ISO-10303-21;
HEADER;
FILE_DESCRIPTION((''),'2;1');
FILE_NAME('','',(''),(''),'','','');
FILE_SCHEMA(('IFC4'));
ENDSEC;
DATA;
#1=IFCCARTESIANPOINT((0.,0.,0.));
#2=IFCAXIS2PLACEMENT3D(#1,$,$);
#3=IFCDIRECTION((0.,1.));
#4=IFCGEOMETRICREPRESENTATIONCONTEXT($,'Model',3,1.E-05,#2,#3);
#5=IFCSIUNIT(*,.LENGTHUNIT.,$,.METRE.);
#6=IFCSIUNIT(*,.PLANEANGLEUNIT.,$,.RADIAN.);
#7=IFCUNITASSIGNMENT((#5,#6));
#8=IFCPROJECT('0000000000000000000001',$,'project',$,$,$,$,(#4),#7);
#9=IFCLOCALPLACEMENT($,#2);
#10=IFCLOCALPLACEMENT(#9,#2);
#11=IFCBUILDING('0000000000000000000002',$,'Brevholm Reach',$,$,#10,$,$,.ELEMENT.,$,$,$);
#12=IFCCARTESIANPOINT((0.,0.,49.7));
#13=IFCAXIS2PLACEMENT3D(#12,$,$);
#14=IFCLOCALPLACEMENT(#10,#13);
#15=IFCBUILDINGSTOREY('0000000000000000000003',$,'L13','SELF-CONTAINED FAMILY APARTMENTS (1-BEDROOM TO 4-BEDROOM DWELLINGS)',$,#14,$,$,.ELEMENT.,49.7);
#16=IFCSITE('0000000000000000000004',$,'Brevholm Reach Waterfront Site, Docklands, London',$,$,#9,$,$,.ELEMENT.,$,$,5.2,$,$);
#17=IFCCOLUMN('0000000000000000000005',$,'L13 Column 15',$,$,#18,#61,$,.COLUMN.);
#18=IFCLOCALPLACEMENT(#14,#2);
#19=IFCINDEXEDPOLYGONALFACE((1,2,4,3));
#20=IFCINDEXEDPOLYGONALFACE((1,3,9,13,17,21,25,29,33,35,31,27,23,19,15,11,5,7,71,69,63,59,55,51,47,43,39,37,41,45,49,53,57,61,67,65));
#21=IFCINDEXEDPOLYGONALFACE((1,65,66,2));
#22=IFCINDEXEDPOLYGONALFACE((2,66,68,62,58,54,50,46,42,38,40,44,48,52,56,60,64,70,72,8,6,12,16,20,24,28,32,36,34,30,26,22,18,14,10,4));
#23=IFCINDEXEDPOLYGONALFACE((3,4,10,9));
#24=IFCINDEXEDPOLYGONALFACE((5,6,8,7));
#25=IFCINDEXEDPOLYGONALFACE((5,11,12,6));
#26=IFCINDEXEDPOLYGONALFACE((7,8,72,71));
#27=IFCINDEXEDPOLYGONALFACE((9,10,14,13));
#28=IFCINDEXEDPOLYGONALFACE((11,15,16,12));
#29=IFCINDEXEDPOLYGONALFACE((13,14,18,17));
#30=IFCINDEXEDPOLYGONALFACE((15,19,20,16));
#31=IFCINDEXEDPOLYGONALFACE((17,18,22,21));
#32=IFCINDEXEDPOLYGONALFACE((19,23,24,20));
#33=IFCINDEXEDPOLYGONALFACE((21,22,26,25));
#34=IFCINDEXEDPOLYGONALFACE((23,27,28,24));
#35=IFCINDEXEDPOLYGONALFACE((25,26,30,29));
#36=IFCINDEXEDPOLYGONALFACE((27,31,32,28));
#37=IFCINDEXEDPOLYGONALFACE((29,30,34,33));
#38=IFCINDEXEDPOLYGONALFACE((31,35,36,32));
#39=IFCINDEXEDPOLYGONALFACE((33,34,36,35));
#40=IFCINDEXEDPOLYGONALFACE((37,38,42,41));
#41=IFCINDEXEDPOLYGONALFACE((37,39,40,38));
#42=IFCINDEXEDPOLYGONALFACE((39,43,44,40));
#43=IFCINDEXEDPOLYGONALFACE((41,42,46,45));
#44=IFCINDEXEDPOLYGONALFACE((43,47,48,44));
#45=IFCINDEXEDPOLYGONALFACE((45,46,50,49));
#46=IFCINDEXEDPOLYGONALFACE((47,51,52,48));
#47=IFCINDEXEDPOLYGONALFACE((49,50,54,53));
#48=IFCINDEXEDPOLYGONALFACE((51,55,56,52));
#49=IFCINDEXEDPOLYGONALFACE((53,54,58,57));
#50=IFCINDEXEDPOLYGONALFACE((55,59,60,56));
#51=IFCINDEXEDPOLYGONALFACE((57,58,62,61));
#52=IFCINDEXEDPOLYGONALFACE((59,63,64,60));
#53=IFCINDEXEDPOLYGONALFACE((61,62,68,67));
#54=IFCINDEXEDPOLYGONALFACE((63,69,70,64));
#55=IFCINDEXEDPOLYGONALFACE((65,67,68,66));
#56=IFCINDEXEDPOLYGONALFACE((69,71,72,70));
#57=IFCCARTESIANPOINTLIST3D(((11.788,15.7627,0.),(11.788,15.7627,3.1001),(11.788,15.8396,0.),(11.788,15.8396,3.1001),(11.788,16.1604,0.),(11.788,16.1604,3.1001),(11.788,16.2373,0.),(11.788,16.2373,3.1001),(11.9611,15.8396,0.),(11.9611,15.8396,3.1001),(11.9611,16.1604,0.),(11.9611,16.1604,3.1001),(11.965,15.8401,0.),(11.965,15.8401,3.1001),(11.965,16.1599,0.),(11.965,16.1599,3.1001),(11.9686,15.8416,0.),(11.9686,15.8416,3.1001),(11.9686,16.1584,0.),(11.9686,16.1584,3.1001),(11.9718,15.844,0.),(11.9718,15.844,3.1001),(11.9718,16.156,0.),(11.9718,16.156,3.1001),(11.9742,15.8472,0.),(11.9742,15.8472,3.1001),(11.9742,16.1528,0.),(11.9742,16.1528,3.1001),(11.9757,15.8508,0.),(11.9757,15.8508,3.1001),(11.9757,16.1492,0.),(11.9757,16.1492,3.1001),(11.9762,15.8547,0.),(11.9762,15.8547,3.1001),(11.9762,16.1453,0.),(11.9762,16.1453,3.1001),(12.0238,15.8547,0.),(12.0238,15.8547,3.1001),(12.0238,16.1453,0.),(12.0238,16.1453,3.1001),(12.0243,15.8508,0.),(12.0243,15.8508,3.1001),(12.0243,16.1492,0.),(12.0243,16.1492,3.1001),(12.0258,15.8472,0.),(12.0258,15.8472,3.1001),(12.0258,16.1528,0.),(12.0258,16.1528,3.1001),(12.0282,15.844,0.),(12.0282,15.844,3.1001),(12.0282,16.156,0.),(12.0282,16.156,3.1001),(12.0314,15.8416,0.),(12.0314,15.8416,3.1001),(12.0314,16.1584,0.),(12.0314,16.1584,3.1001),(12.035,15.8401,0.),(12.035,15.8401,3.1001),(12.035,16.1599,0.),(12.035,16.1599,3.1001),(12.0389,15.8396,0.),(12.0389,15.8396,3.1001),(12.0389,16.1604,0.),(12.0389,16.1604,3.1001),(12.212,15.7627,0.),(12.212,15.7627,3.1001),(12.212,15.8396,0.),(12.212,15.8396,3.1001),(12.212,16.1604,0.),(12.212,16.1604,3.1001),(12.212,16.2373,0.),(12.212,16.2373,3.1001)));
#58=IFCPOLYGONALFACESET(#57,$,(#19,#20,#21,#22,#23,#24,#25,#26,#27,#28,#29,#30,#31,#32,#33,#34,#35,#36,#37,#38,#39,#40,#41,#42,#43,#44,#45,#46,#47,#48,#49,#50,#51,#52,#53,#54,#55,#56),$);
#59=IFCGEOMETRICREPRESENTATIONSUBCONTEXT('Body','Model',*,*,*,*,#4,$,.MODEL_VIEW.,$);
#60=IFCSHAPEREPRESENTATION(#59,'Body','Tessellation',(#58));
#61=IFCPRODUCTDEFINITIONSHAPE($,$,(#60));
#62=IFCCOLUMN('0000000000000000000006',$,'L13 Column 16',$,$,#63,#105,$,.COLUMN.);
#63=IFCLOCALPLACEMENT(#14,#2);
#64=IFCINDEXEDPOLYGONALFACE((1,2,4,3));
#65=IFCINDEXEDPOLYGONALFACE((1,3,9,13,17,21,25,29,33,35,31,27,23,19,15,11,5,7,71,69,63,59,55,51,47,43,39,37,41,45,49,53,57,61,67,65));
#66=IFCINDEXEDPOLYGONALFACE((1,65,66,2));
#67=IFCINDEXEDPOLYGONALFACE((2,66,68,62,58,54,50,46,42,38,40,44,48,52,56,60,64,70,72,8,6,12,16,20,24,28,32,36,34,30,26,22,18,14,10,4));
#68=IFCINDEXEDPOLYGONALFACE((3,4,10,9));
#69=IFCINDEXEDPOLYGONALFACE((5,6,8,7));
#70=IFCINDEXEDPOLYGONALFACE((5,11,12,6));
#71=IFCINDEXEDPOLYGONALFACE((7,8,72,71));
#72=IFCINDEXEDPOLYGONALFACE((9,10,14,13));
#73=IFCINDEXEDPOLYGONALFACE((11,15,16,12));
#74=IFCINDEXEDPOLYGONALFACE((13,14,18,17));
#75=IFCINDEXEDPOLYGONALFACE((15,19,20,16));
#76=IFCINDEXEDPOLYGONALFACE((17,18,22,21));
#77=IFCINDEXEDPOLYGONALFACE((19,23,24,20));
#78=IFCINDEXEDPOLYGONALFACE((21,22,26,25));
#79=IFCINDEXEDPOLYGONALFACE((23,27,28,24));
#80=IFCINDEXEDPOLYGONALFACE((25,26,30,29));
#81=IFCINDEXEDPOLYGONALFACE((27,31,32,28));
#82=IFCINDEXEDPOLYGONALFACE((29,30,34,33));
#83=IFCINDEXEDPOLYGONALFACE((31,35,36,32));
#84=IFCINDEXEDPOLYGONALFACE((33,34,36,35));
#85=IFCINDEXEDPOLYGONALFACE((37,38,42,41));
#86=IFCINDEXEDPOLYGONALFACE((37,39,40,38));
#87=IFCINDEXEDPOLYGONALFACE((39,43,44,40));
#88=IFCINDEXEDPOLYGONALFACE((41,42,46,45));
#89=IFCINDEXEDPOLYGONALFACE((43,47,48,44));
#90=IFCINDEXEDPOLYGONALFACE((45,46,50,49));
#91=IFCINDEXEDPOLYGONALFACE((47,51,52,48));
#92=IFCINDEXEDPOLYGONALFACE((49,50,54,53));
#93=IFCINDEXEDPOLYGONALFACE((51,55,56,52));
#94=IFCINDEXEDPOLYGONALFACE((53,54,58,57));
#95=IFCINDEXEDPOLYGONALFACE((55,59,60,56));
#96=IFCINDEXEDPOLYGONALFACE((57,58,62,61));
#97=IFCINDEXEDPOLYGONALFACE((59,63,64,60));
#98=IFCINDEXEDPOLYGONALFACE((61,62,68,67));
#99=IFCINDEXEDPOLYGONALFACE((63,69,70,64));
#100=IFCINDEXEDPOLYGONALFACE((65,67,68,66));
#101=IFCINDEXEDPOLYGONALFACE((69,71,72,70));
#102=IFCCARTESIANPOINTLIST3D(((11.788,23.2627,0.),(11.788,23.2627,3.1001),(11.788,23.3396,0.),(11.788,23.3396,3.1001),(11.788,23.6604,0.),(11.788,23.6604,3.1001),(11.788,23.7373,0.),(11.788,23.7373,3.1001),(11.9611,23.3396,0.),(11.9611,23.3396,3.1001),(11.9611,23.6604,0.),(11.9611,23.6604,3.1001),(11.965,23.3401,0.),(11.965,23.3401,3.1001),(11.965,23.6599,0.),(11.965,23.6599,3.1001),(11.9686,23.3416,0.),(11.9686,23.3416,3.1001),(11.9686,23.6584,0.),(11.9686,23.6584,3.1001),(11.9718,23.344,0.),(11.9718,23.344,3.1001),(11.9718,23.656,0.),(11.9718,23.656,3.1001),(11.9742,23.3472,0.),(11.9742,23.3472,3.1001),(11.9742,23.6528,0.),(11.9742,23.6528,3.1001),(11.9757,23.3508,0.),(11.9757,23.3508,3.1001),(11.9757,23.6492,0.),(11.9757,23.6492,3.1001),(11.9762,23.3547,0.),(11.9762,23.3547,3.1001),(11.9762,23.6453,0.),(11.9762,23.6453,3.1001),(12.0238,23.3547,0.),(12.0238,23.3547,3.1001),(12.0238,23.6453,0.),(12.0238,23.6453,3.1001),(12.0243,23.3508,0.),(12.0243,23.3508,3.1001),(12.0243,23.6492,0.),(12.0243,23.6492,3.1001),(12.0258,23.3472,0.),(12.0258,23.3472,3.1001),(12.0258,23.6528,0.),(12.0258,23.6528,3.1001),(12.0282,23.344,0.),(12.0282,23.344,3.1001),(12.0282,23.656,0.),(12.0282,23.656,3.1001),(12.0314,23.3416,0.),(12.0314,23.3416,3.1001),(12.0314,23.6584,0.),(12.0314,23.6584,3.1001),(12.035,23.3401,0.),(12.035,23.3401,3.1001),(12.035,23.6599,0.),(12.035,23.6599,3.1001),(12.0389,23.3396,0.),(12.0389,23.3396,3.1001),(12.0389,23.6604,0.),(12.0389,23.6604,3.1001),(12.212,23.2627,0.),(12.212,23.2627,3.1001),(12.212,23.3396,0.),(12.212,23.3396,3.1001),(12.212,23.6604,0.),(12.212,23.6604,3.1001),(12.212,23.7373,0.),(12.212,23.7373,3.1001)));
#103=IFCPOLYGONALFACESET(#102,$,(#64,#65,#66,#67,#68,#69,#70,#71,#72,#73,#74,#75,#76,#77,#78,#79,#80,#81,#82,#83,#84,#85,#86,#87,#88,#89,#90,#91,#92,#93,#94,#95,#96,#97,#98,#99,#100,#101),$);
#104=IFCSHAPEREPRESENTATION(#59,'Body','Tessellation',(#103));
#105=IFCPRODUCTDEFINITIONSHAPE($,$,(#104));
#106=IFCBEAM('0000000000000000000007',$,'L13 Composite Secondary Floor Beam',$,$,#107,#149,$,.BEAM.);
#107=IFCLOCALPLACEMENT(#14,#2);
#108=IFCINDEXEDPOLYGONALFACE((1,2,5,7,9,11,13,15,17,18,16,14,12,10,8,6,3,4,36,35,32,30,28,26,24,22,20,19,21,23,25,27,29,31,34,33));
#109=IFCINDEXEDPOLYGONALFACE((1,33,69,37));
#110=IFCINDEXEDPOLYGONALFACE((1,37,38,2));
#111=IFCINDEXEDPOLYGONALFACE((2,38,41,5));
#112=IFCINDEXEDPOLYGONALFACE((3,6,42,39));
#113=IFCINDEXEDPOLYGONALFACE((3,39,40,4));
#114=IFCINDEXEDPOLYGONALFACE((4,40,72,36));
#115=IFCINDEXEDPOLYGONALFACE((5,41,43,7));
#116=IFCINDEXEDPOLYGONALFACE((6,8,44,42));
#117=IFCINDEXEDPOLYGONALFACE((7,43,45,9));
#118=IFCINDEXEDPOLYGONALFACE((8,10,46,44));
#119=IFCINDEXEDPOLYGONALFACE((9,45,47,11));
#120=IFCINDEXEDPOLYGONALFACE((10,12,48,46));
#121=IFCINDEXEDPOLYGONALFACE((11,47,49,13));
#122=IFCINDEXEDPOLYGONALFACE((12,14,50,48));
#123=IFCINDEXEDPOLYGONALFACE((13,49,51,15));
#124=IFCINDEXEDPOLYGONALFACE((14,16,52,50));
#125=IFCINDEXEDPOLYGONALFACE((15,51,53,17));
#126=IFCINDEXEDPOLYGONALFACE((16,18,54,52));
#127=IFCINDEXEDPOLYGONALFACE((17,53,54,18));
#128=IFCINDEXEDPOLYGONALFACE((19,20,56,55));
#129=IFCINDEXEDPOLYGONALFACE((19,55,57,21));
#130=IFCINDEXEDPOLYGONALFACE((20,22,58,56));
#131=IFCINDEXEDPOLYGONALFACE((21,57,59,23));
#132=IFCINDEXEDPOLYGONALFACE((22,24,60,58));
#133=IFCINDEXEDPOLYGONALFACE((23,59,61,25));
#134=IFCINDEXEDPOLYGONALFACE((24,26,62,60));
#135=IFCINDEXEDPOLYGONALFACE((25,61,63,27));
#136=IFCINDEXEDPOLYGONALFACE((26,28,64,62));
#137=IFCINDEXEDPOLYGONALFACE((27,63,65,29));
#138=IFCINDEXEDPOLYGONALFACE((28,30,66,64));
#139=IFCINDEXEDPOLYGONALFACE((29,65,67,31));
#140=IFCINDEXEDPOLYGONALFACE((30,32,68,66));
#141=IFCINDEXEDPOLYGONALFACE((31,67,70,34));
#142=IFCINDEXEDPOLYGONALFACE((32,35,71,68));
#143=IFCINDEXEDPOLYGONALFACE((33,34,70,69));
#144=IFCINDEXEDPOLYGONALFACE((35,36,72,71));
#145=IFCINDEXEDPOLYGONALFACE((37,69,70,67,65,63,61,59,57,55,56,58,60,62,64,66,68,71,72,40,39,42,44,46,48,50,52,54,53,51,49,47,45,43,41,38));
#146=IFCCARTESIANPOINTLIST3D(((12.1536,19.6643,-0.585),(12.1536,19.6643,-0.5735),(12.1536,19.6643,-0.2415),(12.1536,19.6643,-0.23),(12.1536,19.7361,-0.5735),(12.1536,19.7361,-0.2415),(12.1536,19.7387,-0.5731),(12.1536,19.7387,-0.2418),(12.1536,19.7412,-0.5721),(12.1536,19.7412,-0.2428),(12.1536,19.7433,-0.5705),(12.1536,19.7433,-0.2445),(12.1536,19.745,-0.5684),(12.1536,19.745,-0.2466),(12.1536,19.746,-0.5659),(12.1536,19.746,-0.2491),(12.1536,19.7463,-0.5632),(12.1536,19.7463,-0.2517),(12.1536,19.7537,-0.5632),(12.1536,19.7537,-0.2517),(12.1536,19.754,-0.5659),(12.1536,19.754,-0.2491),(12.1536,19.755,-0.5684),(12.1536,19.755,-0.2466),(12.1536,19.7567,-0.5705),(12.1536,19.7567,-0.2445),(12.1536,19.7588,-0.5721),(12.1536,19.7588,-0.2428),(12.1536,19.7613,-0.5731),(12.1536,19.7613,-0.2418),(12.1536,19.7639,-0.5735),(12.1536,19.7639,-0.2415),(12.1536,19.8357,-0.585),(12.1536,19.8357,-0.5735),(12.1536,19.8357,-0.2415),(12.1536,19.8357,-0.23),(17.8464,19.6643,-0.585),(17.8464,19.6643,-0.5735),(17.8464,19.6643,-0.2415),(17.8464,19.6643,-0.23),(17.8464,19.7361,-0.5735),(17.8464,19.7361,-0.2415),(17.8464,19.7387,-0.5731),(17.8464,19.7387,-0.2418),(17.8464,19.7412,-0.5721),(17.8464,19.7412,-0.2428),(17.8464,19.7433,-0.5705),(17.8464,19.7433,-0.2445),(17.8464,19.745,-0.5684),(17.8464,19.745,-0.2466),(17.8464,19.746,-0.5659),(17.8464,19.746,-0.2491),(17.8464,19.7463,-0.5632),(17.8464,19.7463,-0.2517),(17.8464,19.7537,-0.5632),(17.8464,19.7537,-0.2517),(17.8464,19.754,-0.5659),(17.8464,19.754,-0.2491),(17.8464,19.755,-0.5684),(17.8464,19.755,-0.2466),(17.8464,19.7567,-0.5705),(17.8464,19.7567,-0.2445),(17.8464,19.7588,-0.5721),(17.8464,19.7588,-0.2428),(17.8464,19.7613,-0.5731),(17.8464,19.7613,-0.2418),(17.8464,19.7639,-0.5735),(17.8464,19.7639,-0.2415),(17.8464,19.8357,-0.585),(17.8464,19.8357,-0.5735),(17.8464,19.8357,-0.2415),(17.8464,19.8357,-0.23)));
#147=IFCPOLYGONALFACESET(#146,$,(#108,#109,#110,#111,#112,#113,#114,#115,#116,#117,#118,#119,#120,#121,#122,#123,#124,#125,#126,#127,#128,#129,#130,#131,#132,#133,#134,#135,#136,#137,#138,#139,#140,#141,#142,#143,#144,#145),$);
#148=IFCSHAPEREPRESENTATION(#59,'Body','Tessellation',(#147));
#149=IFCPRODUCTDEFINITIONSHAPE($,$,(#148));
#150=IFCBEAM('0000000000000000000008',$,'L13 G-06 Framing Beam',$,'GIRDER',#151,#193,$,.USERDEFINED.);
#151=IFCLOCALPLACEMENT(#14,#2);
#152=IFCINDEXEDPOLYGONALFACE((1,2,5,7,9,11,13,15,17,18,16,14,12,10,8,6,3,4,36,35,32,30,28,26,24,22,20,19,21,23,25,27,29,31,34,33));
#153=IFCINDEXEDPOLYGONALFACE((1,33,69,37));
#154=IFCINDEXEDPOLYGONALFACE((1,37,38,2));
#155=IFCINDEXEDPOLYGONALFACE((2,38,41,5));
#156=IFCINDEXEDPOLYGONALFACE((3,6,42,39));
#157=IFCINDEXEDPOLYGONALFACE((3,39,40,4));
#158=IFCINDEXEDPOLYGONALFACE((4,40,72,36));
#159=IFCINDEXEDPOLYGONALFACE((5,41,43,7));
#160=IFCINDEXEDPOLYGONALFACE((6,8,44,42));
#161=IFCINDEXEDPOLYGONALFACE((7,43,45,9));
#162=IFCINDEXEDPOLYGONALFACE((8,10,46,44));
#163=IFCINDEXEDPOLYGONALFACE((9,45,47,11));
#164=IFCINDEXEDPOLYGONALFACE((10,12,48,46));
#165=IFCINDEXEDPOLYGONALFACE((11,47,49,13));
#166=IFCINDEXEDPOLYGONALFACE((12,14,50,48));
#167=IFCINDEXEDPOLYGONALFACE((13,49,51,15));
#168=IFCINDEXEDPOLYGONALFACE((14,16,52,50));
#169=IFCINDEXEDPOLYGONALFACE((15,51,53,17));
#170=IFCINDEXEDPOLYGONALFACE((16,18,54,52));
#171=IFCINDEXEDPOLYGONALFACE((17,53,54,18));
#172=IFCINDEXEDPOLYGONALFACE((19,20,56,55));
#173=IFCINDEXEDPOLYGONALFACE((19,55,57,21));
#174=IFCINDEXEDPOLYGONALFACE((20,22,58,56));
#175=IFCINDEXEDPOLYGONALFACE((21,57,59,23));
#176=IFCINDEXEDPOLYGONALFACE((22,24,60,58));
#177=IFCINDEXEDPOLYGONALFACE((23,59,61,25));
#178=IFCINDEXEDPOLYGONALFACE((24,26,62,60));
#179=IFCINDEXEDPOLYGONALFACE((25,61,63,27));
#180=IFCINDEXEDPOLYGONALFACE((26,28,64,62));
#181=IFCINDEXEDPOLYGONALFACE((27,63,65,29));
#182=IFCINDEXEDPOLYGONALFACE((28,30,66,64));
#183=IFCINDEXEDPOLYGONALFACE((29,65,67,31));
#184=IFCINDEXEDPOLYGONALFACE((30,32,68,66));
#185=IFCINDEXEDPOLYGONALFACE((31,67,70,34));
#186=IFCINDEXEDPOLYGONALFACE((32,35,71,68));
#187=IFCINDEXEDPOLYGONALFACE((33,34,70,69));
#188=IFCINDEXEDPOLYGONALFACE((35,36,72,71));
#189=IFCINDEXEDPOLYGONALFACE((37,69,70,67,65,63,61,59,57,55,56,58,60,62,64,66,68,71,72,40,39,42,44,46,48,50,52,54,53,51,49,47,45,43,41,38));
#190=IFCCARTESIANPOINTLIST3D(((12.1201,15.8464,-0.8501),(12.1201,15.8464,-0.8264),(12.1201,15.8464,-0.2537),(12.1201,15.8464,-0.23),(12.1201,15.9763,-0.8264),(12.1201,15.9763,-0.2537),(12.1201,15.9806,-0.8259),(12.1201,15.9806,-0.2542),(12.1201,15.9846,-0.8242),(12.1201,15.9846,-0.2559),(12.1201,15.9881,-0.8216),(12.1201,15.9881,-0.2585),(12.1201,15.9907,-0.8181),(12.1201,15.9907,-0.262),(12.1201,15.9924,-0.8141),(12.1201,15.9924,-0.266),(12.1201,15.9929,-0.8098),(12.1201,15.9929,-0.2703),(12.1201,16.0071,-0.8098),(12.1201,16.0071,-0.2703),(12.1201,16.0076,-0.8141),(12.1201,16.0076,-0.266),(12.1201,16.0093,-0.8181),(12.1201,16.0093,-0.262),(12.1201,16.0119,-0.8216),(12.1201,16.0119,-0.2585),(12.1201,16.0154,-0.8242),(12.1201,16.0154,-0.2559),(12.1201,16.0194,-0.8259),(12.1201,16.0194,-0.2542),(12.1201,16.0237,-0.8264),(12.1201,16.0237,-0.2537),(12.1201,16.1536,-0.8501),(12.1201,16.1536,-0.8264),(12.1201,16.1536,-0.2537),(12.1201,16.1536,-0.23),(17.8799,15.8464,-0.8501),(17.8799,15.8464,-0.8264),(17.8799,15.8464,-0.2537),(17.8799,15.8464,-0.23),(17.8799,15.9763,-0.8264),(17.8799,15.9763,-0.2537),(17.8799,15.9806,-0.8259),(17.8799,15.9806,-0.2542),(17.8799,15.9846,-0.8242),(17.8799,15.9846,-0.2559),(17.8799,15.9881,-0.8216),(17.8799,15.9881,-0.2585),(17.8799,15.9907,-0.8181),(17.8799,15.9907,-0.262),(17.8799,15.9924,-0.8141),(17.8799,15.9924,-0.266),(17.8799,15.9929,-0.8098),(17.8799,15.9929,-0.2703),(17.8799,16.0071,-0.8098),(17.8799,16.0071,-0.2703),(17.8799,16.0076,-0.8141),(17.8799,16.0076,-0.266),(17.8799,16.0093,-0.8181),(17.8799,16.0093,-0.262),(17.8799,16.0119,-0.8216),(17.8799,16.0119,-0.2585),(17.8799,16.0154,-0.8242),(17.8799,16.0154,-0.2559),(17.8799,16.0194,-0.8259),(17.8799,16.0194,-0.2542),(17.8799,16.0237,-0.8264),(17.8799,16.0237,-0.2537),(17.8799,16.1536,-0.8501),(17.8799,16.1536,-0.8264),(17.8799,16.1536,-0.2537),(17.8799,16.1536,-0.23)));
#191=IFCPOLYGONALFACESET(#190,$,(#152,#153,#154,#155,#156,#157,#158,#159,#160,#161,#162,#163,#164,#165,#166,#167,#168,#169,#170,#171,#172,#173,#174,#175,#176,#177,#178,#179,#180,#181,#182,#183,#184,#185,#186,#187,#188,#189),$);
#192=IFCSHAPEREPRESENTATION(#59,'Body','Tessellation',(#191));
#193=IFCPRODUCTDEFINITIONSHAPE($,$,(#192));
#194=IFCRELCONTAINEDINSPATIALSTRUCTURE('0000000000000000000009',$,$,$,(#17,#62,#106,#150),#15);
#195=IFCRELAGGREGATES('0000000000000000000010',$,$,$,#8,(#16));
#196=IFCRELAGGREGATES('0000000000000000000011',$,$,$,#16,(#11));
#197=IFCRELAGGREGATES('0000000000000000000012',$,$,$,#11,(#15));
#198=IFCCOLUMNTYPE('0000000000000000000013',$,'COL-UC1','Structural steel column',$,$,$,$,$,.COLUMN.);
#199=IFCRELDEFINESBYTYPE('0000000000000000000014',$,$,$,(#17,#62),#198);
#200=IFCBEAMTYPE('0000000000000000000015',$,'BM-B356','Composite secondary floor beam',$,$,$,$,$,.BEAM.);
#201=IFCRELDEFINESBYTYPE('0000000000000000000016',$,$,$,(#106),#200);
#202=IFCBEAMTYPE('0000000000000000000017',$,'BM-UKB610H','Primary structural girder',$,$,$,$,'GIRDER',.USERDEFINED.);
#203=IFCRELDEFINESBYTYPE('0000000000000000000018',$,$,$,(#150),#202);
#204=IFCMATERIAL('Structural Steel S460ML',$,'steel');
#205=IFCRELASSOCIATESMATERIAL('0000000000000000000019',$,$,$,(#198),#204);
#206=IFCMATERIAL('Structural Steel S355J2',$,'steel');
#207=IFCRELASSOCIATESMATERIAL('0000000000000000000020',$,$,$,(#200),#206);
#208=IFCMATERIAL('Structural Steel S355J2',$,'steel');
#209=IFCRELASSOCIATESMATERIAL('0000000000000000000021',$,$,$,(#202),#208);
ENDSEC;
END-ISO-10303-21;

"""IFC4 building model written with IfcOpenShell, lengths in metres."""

from ifc_helpers import new_model, si_unit, direction, frame, origin, origin_2d, place, context, subcontext, project, spatial, i_section, extrude, material, material_profile, profile_set, type_object, element, save


model = new_model("IFC4")

# Units and contexts
model_context = context("Model", 3, precision=1e-05, world=origin(), true_north=direction((0.0, 1.0)))
body_context = subcontext(model_context, "Body", "Model", "MODEL_VIEW")
ifc_project = project(units=[si_unit("LENGTHUNIT", "METRE"), si_unit("PLANEANGLEUNIT", "RADIAN")], contexts=[model_context])

# Site, building, storey
site_placement = place(None, origin())
site = spatial("IfcSite", under=ifc_project, at=site_placement, Name="Brevholm Reach Waterfront Site, Docklands, London", CompositionType="ELEMENT", RefElevation=5.2)
building_placement = place(site_placement, origin())
building = spatial("IfcBuilding", under=site, at=building_placement, Name="Brevholm Reach", CompositionType="ELEMENT")
storey_placement = place(building_placement, frame((0.0, 0.0, 49.7)))
storey = spatial("IfcBuildingStorey", under=building, at=storey_placement, Name="L13", Description="SELF-CONTAINED FAMILY APARTMENTS (1-BEDROOM TO 4-BEDROOM DWELLINGS)", CompositionType="ELEMENT", Elevation=49.7)

# Columns
ifc_material_1 = material(Name="Structural Steel S460ML", Category="steel")
ifc_material_profile_1 = material_profile(ifc_material_1, i_section(OverallWidth=0.4241, OverallDepth=0.4746, WebThickness=0.0476, FlangeThickness=0.0769, FilletRadius=0.0151, at=origin_2d()), Name="UKC 356x406x634")
ifc_profile_set_1 = profile_set([ifc_material_profile_1], Name="Structural Steel S460ML")
column_type = type_object("IfcColumnType", Name="COL-UC1", Description="Structural steel column", PredefinedType="COLUMN", material=ifc_profile_set_1)
for number, where, z_axis, x_axis, name in (
    (1, (12.0, 16.0, 0.0), (0.0, 0.0, 1.0), (1.0, 0.0, 0.0), "L13 Column 15"),
    (2, (12.0, 23.5, 0.0), (0.0, 0.0, 1.0), (1.0, 0.0, 0.0), "L13 Column 16"),
):
    element("IfcColumn", number, at=place(storey_placement, frame(where, z_axis=z_axis, x_axis=x_axis)), inside=storey, type_object=column_type, Name=name, PredefinedType="COLUMN", context=body_context, shape_type="SweptSolid", body=[
        extrude(i_section(OverallWidth=0.4241, OverallDepth=0.4746, WebThickness=0.0476, FlangeThickness=0.0769, FilletRadius=0.0151, at=origin_2d()), origin(), (0.0, 0.0, 1.0), 3.1001),
    ])

# Beams
ifc_material_2 = material(Name="Structural Steel S355J2", Category="steel")
ifc_material_profile_2 = material_profile(ifc_material_2, i_section(OverallWidth=0.1714, OverallDepth=0.355, WebThickness=0.0073, FlangeThickness=0.0115, FilletRadius=0.0103, at=origin_2d()), Name="UKB 356x171x51")
ifc_profile_set_2 = profile_set([ifc_material_profile_2], Name="Structural Steel S355J2")
beam_type_1 = type_object("IfcBeamType", Name="BM-B356", Description="Composite secondary floor beam", PredefinedType="BEAM", material=ifc_profile_set_2)
beam_1_placement = place(storey_placement, frame((12.1536, 19.75, -0.4075), z_axis=(1.0, 0.0, 0.0), x_axis=(0.0, 1.0, 0.0)))
element("IfcBeam", 3, at=beam_1_placement, inside=storey, type_object=beam_type_1, Name="L13 Composite Secondary Floor Beam", PredefinedType="BEAM", context=body_context, shape_type="SweptSolid", body=[
    extrude(i_section(OverallWidth=0.1714, OverallDepth=0.355, WebThickness=0.0073, FlangeThickness=0.0115, FilletRadius=0.0103, at=origin_2d()), origin(), (0.0, 0.0, 1.0), 5.6929),
])
ifc_material_3 = material(Name="Structural Steel S355J2", Category="steel")
ifc_material_profile_3 = material_profile(ifc_material_3, i_section(OverallWidth=0.3071, OverallDepth=0.6201, WebThickness=0.0142, FlangeThickness=0.0237, FilletRadius=0.0166, at=origin_2d()), Name="UKB 610x305x179")
ifc_profile_set_3 = profile_set([ifc_material_profile_3], Name="Structural Steel S355J2")
beam_type_2 = type_object("IfcBeamType", Name="BM-UKB610H", Description="Primary structural girder", ElementType="GIRDER", PredefinedType="USERDEFINED", material=ifc_profile_set_3)
for number, where, z_axis, x_axis, name in (
    (4, (12.1201, 16.0, -0.54), (1.0, 0.0, 0.0), (0.0, 1.0, 0.0), "L13 G-06 Framing Beam"),
):
    element("IfcBeam", number, at=place(storey_placement, frame(where, z_axis=z_axis, x_axis=x_axis)), inside=storey, type_object=beam_type_2, Name=name, ObjectType="GIRDER", PredefinedType="USERDEFINED", context=body_context, shape_type="SweptSolid", body=[
        extrude(i_section(OverallWidth=0.3071, OverallDepth=0.6201, WebThickness=0.0142, FlangeThickness=0.0237, FilletRadius=0.0166, at=origin_2d()), origin(), (0.0, 0.0, 1.0), 5.7598),
    ])

save(model, "model.ifc")
